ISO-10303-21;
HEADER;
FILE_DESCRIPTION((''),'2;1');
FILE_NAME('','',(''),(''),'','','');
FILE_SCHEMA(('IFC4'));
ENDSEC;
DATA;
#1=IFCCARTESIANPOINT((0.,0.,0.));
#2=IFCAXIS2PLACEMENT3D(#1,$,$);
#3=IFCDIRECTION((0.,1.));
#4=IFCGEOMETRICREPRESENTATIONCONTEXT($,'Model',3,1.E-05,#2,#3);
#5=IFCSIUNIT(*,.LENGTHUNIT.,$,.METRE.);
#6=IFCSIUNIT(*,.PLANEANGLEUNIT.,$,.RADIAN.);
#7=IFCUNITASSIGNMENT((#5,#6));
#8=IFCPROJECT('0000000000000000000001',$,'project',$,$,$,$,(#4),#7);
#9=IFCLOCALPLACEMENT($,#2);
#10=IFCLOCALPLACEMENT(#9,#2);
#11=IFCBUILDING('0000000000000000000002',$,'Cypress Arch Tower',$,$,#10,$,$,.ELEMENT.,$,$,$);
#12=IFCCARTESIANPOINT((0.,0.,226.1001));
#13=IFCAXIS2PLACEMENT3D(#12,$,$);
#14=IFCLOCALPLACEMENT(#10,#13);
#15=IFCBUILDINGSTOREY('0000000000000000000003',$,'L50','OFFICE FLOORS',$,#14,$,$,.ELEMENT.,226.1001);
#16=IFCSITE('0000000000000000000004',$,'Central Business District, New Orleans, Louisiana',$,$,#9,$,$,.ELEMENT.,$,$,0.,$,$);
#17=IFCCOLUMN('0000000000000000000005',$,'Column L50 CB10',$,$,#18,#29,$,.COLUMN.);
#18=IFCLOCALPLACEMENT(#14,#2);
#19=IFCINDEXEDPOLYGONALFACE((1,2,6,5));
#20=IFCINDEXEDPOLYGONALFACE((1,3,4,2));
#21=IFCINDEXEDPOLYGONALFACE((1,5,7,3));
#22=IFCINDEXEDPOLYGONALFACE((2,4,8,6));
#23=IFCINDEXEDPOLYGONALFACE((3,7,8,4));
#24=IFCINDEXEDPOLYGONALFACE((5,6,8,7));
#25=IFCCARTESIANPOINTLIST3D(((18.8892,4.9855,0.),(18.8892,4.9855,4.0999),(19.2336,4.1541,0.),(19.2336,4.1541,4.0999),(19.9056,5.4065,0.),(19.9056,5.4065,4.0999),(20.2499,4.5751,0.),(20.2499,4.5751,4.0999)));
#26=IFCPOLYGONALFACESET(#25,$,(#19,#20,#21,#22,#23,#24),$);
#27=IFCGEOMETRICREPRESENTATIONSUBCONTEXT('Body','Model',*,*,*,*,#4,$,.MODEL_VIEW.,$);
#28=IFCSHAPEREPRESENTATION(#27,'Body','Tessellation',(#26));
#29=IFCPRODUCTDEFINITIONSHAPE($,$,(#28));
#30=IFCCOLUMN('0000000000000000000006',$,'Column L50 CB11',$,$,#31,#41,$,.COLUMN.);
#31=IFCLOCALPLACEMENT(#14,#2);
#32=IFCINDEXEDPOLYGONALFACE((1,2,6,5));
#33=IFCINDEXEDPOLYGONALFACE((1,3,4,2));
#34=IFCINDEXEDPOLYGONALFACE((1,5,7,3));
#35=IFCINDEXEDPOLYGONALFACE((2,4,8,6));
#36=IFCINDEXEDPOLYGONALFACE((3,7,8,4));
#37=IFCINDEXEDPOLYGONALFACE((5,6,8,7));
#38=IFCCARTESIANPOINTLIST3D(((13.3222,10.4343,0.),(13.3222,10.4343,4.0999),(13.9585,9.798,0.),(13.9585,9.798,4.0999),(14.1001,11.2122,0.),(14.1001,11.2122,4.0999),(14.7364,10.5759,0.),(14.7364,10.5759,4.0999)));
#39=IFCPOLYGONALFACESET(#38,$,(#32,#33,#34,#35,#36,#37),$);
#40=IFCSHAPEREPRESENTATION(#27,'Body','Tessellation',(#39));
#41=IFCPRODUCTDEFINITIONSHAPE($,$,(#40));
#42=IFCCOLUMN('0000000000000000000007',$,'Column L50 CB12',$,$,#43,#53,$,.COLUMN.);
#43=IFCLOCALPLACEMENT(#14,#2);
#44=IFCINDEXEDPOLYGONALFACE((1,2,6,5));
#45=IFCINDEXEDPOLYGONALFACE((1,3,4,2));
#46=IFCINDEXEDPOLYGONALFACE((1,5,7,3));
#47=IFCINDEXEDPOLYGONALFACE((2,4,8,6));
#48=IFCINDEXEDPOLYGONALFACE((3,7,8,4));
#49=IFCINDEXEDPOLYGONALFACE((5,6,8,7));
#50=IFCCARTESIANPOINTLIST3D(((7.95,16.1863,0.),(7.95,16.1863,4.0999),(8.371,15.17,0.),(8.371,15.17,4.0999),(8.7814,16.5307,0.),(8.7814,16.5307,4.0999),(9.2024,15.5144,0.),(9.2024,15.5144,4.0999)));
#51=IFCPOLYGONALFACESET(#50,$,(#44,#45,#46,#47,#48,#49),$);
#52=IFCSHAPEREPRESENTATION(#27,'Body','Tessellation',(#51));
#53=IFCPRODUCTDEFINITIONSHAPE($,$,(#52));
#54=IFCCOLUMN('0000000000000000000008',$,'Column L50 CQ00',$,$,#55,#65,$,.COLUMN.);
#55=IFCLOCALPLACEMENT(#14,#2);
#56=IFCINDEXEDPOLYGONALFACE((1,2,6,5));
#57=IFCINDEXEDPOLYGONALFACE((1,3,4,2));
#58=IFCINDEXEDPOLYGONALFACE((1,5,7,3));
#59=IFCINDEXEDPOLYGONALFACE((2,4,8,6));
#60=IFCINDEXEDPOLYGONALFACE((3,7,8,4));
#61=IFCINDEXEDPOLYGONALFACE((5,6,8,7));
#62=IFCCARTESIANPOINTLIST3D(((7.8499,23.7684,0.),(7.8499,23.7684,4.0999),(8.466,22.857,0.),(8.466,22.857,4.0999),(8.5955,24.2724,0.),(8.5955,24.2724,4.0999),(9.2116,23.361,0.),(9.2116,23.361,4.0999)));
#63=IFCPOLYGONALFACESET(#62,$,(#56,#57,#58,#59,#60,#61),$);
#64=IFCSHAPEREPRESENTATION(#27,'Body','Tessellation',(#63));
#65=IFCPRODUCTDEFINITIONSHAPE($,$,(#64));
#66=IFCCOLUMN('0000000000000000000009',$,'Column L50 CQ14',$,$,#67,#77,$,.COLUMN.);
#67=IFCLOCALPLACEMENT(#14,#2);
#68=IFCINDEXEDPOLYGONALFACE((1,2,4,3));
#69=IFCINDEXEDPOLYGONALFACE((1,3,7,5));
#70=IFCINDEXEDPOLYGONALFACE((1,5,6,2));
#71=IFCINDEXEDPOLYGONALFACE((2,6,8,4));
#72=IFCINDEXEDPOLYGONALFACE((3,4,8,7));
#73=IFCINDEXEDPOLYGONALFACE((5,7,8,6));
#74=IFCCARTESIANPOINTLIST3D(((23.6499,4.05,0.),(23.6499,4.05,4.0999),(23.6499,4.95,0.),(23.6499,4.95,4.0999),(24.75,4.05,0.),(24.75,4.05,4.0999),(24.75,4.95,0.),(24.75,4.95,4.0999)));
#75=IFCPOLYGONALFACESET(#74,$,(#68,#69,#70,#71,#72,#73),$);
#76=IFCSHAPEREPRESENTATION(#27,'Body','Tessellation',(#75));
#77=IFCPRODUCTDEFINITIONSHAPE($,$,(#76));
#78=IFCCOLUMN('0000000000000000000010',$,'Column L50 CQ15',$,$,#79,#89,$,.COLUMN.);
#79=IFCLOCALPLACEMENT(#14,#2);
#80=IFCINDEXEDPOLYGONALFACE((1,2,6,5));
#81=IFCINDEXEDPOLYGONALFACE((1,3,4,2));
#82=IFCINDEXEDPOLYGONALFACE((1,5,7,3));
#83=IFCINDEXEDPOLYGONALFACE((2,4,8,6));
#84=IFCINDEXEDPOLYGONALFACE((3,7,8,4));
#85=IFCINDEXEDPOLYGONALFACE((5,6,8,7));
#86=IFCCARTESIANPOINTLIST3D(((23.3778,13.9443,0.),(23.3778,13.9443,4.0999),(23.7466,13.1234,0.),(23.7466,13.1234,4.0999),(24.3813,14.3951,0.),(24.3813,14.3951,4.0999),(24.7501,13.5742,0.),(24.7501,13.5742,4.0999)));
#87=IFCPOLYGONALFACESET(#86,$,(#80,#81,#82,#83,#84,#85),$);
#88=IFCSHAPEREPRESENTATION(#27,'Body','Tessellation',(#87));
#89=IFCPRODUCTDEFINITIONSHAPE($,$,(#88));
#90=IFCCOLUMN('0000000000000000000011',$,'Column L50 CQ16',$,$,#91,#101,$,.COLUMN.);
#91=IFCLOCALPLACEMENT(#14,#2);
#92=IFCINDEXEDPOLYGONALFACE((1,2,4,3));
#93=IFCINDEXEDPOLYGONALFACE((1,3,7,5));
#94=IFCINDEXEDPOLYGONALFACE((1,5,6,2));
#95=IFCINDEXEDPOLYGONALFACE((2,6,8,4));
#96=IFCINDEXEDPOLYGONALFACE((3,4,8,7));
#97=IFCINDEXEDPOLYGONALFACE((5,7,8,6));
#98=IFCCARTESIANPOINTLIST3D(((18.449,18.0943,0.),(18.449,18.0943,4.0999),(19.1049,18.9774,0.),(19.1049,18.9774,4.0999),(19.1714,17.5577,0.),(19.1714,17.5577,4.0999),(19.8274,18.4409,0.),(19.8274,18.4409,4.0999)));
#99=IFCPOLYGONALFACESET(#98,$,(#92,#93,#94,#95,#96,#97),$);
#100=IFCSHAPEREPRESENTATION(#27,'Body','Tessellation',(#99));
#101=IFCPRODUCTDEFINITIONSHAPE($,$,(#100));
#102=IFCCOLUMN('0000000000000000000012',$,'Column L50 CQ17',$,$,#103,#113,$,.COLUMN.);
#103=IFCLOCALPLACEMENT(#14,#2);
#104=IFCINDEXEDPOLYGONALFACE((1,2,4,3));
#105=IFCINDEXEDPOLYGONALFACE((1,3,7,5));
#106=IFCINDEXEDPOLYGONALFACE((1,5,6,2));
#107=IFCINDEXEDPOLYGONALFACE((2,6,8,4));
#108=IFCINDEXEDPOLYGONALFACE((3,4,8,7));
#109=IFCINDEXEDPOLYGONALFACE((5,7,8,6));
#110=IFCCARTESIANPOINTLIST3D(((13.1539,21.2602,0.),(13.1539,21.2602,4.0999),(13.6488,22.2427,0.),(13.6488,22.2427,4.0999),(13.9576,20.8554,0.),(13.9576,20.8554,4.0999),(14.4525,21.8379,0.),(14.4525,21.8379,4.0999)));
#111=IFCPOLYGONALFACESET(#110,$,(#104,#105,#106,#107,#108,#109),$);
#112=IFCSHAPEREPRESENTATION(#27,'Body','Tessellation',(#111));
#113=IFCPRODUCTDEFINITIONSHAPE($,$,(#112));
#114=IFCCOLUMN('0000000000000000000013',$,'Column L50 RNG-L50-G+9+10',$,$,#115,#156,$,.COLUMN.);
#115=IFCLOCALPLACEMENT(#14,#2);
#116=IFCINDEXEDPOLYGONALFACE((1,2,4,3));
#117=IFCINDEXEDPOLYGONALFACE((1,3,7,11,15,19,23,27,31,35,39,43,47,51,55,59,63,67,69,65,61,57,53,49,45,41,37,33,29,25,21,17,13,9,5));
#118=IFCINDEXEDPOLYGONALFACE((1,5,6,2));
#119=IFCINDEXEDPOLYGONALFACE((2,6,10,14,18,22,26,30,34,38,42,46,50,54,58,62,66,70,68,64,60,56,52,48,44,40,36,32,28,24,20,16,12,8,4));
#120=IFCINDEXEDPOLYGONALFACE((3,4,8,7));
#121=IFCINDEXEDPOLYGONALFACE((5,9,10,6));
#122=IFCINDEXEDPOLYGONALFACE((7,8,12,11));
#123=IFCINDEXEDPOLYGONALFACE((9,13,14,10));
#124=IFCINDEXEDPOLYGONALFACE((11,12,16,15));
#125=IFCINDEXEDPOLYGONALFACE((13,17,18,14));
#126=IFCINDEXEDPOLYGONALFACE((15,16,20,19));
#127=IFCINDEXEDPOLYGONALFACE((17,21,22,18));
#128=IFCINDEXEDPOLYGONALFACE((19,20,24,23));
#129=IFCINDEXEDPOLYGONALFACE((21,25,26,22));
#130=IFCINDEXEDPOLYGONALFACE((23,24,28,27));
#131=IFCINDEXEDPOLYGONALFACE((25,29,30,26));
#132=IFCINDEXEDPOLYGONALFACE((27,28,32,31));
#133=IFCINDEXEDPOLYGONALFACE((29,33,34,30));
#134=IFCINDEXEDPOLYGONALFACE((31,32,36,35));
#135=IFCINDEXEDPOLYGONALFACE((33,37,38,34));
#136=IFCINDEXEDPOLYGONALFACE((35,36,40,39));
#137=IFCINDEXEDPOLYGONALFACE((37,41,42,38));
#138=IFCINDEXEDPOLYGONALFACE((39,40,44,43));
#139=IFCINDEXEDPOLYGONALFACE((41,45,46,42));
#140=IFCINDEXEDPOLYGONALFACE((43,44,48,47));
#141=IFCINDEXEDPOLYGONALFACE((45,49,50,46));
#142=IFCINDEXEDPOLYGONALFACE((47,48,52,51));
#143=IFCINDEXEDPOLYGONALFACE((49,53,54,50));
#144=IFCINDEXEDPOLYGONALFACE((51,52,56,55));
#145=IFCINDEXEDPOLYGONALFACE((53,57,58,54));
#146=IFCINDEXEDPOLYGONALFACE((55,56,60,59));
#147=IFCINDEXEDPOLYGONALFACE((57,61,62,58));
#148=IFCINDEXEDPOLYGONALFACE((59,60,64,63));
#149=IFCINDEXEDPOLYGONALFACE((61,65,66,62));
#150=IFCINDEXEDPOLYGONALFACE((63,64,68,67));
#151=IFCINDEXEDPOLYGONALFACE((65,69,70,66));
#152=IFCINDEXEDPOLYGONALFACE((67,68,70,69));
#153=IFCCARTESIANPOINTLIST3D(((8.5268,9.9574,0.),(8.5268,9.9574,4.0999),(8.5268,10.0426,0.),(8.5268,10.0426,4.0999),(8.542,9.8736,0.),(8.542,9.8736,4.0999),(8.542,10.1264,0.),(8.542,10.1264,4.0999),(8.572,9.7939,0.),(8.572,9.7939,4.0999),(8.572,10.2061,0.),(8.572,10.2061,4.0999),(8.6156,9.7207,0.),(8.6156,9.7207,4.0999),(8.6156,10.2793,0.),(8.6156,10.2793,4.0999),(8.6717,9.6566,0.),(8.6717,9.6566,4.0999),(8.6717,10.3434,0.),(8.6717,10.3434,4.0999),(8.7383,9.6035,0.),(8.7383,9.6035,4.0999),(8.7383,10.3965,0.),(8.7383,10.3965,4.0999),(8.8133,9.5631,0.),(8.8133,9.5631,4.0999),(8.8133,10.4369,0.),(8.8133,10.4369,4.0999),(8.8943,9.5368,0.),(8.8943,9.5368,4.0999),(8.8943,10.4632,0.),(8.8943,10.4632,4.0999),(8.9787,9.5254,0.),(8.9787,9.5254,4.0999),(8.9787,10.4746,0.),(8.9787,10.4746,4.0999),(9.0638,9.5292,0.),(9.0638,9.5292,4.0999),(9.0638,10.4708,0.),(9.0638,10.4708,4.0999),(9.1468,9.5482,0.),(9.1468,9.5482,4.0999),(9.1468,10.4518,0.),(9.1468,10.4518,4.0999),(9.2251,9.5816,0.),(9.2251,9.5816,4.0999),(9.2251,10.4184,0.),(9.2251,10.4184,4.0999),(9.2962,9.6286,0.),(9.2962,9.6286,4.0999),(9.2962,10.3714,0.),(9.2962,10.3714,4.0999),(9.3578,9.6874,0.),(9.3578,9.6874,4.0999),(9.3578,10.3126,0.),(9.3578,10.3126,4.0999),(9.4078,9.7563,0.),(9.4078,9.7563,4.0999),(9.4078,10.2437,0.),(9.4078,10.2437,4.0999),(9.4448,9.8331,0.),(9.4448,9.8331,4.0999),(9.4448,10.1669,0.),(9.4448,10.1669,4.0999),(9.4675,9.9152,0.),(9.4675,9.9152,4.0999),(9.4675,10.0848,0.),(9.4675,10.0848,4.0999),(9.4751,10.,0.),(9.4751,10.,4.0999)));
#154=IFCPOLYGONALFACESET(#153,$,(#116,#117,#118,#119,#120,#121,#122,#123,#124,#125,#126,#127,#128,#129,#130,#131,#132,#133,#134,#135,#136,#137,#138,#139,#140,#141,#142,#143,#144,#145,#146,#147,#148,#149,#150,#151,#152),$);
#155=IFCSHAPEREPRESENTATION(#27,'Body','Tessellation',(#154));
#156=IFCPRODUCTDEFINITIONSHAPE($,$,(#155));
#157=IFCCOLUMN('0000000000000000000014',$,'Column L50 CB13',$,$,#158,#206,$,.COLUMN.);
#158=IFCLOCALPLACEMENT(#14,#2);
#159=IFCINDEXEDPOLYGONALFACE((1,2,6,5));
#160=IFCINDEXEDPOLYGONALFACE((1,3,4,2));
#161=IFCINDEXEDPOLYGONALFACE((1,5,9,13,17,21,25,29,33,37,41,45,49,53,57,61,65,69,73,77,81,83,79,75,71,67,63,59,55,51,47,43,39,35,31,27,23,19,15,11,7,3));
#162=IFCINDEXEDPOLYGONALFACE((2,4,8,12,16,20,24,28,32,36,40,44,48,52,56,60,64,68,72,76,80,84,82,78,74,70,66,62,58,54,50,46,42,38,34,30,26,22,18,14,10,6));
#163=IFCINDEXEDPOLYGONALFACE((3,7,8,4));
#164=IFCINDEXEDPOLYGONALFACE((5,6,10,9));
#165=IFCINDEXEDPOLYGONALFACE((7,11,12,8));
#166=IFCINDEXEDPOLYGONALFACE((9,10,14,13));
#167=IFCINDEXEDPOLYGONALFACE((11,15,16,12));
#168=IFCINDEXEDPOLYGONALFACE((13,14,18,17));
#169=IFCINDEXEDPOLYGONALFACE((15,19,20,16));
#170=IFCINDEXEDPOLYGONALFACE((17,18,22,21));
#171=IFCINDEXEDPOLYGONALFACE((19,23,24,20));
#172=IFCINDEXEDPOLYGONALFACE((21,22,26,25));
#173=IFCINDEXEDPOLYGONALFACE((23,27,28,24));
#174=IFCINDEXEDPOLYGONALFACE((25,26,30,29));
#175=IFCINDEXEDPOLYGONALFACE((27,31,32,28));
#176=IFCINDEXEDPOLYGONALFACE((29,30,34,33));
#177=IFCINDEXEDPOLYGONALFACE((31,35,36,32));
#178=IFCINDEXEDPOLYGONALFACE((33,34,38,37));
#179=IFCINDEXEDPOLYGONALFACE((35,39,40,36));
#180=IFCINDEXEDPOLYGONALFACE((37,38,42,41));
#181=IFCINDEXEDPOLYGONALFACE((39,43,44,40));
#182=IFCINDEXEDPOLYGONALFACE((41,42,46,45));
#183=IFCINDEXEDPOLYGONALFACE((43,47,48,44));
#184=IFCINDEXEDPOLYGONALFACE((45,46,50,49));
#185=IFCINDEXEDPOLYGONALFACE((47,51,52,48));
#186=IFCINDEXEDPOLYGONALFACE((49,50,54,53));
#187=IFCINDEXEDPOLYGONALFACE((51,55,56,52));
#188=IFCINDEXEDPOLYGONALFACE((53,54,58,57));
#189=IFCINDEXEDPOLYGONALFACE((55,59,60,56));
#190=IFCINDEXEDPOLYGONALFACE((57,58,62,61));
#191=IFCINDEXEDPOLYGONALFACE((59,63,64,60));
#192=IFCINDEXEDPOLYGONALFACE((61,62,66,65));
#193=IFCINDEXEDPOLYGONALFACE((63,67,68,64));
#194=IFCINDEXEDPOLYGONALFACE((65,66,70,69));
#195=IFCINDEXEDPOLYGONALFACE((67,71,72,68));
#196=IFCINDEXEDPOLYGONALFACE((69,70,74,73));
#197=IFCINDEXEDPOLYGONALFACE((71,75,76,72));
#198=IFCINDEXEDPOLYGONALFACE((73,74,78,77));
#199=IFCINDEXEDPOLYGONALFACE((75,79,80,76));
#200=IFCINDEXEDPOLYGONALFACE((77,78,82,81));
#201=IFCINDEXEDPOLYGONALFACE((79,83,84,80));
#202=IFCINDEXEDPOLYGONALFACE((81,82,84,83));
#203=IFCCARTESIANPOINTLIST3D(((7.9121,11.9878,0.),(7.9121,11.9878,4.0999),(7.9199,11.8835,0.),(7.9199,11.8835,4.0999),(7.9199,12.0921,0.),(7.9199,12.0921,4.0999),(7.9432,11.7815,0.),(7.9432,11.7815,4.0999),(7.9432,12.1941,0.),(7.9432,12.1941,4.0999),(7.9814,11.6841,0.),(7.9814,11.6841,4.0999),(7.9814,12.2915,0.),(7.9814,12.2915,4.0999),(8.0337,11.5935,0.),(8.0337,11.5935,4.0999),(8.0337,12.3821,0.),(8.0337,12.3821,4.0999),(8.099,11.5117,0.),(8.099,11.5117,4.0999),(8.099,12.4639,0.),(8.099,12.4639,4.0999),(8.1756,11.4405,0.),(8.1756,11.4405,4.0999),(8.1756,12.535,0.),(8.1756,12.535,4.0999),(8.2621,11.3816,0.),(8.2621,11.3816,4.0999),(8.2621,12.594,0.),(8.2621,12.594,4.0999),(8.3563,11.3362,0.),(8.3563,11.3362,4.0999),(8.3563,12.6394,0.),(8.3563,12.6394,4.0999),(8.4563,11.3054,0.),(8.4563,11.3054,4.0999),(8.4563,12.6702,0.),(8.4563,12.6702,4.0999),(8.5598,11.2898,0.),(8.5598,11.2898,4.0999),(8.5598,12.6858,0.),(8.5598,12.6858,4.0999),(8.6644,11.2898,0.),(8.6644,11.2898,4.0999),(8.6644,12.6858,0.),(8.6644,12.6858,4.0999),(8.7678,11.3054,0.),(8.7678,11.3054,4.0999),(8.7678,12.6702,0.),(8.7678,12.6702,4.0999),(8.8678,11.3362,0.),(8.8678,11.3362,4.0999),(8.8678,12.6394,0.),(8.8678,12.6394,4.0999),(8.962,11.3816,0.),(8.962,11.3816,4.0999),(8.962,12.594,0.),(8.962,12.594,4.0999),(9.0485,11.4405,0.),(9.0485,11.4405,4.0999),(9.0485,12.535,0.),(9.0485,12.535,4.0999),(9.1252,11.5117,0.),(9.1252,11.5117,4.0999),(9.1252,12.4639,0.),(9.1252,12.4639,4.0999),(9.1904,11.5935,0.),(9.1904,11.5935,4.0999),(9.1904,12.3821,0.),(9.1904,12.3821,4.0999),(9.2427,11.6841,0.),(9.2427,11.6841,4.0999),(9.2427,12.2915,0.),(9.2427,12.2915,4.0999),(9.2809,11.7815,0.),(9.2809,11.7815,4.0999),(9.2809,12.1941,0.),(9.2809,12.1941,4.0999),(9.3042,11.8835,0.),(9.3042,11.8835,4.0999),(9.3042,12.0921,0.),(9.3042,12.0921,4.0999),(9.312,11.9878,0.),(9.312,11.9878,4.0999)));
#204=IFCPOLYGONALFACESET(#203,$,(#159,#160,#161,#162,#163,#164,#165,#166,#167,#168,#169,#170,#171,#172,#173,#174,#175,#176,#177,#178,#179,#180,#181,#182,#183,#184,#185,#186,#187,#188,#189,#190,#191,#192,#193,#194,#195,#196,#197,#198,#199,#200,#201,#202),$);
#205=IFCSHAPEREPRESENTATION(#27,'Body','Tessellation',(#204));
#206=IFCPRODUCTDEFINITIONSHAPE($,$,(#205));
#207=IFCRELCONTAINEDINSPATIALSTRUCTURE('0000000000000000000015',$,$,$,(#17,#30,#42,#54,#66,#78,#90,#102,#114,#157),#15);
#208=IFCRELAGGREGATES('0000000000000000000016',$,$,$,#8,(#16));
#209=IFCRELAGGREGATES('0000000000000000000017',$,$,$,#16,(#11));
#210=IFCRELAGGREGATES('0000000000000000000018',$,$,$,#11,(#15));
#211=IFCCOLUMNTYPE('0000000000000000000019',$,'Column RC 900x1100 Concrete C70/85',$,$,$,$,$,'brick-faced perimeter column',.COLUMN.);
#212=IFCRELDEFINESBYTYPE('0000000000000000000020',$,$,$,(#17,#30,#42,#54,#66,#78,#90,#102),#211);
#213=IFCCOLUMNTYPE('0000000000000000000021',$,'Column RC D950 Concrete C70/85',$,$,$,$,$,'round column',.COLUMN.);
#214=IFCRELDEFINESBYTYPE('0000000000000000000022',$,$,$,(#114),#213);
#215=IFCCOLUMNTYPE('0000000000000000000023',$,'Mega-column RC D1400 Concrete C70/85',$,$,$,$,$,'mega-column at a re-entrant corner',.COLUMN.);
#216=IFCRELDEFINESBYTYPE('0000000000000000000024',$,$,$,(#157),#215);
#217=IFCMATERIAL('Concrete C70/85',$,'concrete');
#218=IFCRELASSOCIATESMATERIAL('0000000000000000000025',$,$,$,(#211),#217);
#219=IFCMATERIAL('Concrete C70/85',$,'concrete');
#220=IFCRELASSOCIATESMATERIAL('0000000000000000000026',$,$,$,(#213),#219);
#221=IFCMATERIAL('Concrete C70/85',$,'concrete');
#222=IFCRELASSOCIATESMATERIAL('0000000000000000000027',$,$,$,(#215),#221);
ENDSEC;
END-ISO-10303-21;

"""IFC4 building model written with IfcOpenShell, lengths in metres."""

from ifc_helpers import new_model, si_unit, direction, frame, origin, origin_2d, place, context, subcontext, project, spatial, rectangle, circle, extrude, material, material_profile, profile_set, type_object, element, save


model = new_model("IFC4")

# Units and contexts
model_context = context("Model", 3, precision=1e-05, world=origin(), true_north=direction((0.0, 1.0)))
body_context = subcontext(model_context, "Body", "Model", "MODEL_VIEW")
ifc_project = project(units=[si_unit("LENGTHUNIT", "METRE"), si_unit("PLANEANGLEUNIT", "RADIAN")], contexts=[model_context])

# Site, building, storey
site_placement = place(None, origin())
site = spatial("IfcSite", under=ifc_project, at=site_placement, Name="Central Business District, New Orleans, Louisiana", CompositionType="ELEMENT", RefElevation=0.0)
building_placement = place(site_placement, origin())
building = spatial("IfcBuilding", under=site, at=building_placement, Name="Cypress Arch Tower", CompositionType="ELEMENT")
storey_placement = place(building_placement, frame((0.0, 0.0, 226.1001)))
storey = spatial("IfcBuildingStorey", under=building, at=storey_placement, Name="L50", Description="OFFICE FLOORS", CompositionType="ELEMENT", Elevation=226.1001)

# Columns
ifc_material_1 = material(Name="Concrete C70/85", Category="concrete")
ifc_material_profile_1 = material_profile(ifc_material_1, rectangle(XDim=0.8999, YDim=1.1001, at=origin_2d()), Name="RC 900x1100")
ifc_profile_set_1 = profile_set([ifc_material_profile_1], Name="Concrete C70/85")
column_type_1 = type_object("IfcColumnType", Name="Column RC 900x1100 Concrete C70/85", ElementType="brick-faced perimeter column", PredefinedType="COLUMN", material=ifc_profile_set_1)
for number, where, z_axis, x_axis, name in (
    (1, (19.5696, 4.7803, 0.0), (0.0, 0.0, 1.0), (-0.382683, 0.92388, 0.0), "Column L50 CB10"),
    (2, (14.0293, 10.5051, 0.0), (0.0, 0.0, 1.0), (-0.707107, 0.707107, 0.0), "Column L50 CB11"),
    (3, (8.5762, 15.8503, 0.0), (0.0, 0.0, 1.0), (-0.92388, -0.382683, 0.0), "Column L50 CB12"),
    (4, (8.5308, 23.5647, 0.0), (0.0, 0.0, 1.0), (-0.82847, -0.560034, 0.0), "Column L50 CQ00"),
    (5, (24.2, 4.5, 0.0), (0.0, 0.0, 1.0), (0.0, 1.0, 0.0), "Column L50 CQ14"),
    (6, (24.064, 13.7593, 0.0), (0.0, 0.0, 1.0), (-0.409765, 0.912191, 0.0), "Column L50 CQ15"),
    (7, (19.1382, 18.2676, 0.0), (0.0, 0.0, 1.0), (-0.802799, 0.59625, 0.0), "Column L50 CQ16"),
    (8, (13.8032, 21.5491, 0.0), (0.0, 0.0, 1.0), (-0.893106, 0.449845, 0.0), "Column L50 CQ17"),
):
    element("IfcColumn", number, at=place(storey_placement, frame(where, z_axis=z_axis, x_axis=x_axis)), inside=storey, type_object=column_type_1, Name=name, PredefinedType="COLUMN", context=body_context, shape_type="SweptSolid", body=[
        extrude(rectangle(XDim=0.8999, YDim=1.1001, at=origin_2d()), origin(), (0.0, 0.0, 1.0), 4.0999),
    ])
ifc_material_2 = material(Name="Concrete C70/85", Category="concrete")
ifc_material_profile_2 = material_profile(ifc_material_2, circle(Radius=0.4751, at=origin_2d()), Name="RC D950")
ifc_profile_set_2 = profile_set([ifc_material_profile_2], Name="Concrete C70/85")
column_type_2 = type_object("IfcColumnType", Name="Column RC D950 Concrete C70/85", ElementType="round column", PredefinedType="COLUMN", material=ifc_profile_set_2)
column_1_placement = place(storey_placement, frame((9.0, 10.0, 0.0), z_axis=(0.0, 0.0, 1.0), x_axis=(1.0, 0.0, 0.0)))
element("IfcColumn", 9, at=column_1_placement, inside=storey, type_object=column_type_2, Name="Column L50 RNG-L50-G+9+10", PredefinedType="COLUMN", context=body_context, shape_type="SweptSolid", body=[
    extrude(circle(Radius=0.4751, at=origin_2d()), origin(), (0.0, 0.0, 1.0), 4.0999),
])
ifc_material_3 = material(Name="Concrete C70/85", Category="concrete")
ifc_material_profile_3 = material_profile(ifc_material_3, circle(Radius=0.7, at=origin_2d()), Name="RC D1400")
ifc_profile_set_3 = profile_set([ifc_material_profile_3], Name="Concrete C70/85")
column_type_3 = type_object("IfcColumnType", Name="Mega-column RC D1400 Concrete C70/85", ElementType="mega-column at a re-entrant corner", PredefinedType="COLUMN", material=ifc_profile_set_3)
column_2_placement = place(storey_placement, frame((8.6121, 11.9878, 0.0), z_axis=(0.0, 0.0, 1.0), x_axis=(1.0, 0.0, 0.0)))
element("IfcColumn", 10, at=column_2_placement, inside=storey, type_object=column_type_3, Name="Column L50 CB13", PredefinedType="COLUMN", context=body_context, shape_type="SweptSolid", body=[
    extrude(circle(Radius=0.7, at=origin_2d()), origin(), (0.0, 0.0, 1.0), 4.0999),
])

save(model, "model.ifc")
